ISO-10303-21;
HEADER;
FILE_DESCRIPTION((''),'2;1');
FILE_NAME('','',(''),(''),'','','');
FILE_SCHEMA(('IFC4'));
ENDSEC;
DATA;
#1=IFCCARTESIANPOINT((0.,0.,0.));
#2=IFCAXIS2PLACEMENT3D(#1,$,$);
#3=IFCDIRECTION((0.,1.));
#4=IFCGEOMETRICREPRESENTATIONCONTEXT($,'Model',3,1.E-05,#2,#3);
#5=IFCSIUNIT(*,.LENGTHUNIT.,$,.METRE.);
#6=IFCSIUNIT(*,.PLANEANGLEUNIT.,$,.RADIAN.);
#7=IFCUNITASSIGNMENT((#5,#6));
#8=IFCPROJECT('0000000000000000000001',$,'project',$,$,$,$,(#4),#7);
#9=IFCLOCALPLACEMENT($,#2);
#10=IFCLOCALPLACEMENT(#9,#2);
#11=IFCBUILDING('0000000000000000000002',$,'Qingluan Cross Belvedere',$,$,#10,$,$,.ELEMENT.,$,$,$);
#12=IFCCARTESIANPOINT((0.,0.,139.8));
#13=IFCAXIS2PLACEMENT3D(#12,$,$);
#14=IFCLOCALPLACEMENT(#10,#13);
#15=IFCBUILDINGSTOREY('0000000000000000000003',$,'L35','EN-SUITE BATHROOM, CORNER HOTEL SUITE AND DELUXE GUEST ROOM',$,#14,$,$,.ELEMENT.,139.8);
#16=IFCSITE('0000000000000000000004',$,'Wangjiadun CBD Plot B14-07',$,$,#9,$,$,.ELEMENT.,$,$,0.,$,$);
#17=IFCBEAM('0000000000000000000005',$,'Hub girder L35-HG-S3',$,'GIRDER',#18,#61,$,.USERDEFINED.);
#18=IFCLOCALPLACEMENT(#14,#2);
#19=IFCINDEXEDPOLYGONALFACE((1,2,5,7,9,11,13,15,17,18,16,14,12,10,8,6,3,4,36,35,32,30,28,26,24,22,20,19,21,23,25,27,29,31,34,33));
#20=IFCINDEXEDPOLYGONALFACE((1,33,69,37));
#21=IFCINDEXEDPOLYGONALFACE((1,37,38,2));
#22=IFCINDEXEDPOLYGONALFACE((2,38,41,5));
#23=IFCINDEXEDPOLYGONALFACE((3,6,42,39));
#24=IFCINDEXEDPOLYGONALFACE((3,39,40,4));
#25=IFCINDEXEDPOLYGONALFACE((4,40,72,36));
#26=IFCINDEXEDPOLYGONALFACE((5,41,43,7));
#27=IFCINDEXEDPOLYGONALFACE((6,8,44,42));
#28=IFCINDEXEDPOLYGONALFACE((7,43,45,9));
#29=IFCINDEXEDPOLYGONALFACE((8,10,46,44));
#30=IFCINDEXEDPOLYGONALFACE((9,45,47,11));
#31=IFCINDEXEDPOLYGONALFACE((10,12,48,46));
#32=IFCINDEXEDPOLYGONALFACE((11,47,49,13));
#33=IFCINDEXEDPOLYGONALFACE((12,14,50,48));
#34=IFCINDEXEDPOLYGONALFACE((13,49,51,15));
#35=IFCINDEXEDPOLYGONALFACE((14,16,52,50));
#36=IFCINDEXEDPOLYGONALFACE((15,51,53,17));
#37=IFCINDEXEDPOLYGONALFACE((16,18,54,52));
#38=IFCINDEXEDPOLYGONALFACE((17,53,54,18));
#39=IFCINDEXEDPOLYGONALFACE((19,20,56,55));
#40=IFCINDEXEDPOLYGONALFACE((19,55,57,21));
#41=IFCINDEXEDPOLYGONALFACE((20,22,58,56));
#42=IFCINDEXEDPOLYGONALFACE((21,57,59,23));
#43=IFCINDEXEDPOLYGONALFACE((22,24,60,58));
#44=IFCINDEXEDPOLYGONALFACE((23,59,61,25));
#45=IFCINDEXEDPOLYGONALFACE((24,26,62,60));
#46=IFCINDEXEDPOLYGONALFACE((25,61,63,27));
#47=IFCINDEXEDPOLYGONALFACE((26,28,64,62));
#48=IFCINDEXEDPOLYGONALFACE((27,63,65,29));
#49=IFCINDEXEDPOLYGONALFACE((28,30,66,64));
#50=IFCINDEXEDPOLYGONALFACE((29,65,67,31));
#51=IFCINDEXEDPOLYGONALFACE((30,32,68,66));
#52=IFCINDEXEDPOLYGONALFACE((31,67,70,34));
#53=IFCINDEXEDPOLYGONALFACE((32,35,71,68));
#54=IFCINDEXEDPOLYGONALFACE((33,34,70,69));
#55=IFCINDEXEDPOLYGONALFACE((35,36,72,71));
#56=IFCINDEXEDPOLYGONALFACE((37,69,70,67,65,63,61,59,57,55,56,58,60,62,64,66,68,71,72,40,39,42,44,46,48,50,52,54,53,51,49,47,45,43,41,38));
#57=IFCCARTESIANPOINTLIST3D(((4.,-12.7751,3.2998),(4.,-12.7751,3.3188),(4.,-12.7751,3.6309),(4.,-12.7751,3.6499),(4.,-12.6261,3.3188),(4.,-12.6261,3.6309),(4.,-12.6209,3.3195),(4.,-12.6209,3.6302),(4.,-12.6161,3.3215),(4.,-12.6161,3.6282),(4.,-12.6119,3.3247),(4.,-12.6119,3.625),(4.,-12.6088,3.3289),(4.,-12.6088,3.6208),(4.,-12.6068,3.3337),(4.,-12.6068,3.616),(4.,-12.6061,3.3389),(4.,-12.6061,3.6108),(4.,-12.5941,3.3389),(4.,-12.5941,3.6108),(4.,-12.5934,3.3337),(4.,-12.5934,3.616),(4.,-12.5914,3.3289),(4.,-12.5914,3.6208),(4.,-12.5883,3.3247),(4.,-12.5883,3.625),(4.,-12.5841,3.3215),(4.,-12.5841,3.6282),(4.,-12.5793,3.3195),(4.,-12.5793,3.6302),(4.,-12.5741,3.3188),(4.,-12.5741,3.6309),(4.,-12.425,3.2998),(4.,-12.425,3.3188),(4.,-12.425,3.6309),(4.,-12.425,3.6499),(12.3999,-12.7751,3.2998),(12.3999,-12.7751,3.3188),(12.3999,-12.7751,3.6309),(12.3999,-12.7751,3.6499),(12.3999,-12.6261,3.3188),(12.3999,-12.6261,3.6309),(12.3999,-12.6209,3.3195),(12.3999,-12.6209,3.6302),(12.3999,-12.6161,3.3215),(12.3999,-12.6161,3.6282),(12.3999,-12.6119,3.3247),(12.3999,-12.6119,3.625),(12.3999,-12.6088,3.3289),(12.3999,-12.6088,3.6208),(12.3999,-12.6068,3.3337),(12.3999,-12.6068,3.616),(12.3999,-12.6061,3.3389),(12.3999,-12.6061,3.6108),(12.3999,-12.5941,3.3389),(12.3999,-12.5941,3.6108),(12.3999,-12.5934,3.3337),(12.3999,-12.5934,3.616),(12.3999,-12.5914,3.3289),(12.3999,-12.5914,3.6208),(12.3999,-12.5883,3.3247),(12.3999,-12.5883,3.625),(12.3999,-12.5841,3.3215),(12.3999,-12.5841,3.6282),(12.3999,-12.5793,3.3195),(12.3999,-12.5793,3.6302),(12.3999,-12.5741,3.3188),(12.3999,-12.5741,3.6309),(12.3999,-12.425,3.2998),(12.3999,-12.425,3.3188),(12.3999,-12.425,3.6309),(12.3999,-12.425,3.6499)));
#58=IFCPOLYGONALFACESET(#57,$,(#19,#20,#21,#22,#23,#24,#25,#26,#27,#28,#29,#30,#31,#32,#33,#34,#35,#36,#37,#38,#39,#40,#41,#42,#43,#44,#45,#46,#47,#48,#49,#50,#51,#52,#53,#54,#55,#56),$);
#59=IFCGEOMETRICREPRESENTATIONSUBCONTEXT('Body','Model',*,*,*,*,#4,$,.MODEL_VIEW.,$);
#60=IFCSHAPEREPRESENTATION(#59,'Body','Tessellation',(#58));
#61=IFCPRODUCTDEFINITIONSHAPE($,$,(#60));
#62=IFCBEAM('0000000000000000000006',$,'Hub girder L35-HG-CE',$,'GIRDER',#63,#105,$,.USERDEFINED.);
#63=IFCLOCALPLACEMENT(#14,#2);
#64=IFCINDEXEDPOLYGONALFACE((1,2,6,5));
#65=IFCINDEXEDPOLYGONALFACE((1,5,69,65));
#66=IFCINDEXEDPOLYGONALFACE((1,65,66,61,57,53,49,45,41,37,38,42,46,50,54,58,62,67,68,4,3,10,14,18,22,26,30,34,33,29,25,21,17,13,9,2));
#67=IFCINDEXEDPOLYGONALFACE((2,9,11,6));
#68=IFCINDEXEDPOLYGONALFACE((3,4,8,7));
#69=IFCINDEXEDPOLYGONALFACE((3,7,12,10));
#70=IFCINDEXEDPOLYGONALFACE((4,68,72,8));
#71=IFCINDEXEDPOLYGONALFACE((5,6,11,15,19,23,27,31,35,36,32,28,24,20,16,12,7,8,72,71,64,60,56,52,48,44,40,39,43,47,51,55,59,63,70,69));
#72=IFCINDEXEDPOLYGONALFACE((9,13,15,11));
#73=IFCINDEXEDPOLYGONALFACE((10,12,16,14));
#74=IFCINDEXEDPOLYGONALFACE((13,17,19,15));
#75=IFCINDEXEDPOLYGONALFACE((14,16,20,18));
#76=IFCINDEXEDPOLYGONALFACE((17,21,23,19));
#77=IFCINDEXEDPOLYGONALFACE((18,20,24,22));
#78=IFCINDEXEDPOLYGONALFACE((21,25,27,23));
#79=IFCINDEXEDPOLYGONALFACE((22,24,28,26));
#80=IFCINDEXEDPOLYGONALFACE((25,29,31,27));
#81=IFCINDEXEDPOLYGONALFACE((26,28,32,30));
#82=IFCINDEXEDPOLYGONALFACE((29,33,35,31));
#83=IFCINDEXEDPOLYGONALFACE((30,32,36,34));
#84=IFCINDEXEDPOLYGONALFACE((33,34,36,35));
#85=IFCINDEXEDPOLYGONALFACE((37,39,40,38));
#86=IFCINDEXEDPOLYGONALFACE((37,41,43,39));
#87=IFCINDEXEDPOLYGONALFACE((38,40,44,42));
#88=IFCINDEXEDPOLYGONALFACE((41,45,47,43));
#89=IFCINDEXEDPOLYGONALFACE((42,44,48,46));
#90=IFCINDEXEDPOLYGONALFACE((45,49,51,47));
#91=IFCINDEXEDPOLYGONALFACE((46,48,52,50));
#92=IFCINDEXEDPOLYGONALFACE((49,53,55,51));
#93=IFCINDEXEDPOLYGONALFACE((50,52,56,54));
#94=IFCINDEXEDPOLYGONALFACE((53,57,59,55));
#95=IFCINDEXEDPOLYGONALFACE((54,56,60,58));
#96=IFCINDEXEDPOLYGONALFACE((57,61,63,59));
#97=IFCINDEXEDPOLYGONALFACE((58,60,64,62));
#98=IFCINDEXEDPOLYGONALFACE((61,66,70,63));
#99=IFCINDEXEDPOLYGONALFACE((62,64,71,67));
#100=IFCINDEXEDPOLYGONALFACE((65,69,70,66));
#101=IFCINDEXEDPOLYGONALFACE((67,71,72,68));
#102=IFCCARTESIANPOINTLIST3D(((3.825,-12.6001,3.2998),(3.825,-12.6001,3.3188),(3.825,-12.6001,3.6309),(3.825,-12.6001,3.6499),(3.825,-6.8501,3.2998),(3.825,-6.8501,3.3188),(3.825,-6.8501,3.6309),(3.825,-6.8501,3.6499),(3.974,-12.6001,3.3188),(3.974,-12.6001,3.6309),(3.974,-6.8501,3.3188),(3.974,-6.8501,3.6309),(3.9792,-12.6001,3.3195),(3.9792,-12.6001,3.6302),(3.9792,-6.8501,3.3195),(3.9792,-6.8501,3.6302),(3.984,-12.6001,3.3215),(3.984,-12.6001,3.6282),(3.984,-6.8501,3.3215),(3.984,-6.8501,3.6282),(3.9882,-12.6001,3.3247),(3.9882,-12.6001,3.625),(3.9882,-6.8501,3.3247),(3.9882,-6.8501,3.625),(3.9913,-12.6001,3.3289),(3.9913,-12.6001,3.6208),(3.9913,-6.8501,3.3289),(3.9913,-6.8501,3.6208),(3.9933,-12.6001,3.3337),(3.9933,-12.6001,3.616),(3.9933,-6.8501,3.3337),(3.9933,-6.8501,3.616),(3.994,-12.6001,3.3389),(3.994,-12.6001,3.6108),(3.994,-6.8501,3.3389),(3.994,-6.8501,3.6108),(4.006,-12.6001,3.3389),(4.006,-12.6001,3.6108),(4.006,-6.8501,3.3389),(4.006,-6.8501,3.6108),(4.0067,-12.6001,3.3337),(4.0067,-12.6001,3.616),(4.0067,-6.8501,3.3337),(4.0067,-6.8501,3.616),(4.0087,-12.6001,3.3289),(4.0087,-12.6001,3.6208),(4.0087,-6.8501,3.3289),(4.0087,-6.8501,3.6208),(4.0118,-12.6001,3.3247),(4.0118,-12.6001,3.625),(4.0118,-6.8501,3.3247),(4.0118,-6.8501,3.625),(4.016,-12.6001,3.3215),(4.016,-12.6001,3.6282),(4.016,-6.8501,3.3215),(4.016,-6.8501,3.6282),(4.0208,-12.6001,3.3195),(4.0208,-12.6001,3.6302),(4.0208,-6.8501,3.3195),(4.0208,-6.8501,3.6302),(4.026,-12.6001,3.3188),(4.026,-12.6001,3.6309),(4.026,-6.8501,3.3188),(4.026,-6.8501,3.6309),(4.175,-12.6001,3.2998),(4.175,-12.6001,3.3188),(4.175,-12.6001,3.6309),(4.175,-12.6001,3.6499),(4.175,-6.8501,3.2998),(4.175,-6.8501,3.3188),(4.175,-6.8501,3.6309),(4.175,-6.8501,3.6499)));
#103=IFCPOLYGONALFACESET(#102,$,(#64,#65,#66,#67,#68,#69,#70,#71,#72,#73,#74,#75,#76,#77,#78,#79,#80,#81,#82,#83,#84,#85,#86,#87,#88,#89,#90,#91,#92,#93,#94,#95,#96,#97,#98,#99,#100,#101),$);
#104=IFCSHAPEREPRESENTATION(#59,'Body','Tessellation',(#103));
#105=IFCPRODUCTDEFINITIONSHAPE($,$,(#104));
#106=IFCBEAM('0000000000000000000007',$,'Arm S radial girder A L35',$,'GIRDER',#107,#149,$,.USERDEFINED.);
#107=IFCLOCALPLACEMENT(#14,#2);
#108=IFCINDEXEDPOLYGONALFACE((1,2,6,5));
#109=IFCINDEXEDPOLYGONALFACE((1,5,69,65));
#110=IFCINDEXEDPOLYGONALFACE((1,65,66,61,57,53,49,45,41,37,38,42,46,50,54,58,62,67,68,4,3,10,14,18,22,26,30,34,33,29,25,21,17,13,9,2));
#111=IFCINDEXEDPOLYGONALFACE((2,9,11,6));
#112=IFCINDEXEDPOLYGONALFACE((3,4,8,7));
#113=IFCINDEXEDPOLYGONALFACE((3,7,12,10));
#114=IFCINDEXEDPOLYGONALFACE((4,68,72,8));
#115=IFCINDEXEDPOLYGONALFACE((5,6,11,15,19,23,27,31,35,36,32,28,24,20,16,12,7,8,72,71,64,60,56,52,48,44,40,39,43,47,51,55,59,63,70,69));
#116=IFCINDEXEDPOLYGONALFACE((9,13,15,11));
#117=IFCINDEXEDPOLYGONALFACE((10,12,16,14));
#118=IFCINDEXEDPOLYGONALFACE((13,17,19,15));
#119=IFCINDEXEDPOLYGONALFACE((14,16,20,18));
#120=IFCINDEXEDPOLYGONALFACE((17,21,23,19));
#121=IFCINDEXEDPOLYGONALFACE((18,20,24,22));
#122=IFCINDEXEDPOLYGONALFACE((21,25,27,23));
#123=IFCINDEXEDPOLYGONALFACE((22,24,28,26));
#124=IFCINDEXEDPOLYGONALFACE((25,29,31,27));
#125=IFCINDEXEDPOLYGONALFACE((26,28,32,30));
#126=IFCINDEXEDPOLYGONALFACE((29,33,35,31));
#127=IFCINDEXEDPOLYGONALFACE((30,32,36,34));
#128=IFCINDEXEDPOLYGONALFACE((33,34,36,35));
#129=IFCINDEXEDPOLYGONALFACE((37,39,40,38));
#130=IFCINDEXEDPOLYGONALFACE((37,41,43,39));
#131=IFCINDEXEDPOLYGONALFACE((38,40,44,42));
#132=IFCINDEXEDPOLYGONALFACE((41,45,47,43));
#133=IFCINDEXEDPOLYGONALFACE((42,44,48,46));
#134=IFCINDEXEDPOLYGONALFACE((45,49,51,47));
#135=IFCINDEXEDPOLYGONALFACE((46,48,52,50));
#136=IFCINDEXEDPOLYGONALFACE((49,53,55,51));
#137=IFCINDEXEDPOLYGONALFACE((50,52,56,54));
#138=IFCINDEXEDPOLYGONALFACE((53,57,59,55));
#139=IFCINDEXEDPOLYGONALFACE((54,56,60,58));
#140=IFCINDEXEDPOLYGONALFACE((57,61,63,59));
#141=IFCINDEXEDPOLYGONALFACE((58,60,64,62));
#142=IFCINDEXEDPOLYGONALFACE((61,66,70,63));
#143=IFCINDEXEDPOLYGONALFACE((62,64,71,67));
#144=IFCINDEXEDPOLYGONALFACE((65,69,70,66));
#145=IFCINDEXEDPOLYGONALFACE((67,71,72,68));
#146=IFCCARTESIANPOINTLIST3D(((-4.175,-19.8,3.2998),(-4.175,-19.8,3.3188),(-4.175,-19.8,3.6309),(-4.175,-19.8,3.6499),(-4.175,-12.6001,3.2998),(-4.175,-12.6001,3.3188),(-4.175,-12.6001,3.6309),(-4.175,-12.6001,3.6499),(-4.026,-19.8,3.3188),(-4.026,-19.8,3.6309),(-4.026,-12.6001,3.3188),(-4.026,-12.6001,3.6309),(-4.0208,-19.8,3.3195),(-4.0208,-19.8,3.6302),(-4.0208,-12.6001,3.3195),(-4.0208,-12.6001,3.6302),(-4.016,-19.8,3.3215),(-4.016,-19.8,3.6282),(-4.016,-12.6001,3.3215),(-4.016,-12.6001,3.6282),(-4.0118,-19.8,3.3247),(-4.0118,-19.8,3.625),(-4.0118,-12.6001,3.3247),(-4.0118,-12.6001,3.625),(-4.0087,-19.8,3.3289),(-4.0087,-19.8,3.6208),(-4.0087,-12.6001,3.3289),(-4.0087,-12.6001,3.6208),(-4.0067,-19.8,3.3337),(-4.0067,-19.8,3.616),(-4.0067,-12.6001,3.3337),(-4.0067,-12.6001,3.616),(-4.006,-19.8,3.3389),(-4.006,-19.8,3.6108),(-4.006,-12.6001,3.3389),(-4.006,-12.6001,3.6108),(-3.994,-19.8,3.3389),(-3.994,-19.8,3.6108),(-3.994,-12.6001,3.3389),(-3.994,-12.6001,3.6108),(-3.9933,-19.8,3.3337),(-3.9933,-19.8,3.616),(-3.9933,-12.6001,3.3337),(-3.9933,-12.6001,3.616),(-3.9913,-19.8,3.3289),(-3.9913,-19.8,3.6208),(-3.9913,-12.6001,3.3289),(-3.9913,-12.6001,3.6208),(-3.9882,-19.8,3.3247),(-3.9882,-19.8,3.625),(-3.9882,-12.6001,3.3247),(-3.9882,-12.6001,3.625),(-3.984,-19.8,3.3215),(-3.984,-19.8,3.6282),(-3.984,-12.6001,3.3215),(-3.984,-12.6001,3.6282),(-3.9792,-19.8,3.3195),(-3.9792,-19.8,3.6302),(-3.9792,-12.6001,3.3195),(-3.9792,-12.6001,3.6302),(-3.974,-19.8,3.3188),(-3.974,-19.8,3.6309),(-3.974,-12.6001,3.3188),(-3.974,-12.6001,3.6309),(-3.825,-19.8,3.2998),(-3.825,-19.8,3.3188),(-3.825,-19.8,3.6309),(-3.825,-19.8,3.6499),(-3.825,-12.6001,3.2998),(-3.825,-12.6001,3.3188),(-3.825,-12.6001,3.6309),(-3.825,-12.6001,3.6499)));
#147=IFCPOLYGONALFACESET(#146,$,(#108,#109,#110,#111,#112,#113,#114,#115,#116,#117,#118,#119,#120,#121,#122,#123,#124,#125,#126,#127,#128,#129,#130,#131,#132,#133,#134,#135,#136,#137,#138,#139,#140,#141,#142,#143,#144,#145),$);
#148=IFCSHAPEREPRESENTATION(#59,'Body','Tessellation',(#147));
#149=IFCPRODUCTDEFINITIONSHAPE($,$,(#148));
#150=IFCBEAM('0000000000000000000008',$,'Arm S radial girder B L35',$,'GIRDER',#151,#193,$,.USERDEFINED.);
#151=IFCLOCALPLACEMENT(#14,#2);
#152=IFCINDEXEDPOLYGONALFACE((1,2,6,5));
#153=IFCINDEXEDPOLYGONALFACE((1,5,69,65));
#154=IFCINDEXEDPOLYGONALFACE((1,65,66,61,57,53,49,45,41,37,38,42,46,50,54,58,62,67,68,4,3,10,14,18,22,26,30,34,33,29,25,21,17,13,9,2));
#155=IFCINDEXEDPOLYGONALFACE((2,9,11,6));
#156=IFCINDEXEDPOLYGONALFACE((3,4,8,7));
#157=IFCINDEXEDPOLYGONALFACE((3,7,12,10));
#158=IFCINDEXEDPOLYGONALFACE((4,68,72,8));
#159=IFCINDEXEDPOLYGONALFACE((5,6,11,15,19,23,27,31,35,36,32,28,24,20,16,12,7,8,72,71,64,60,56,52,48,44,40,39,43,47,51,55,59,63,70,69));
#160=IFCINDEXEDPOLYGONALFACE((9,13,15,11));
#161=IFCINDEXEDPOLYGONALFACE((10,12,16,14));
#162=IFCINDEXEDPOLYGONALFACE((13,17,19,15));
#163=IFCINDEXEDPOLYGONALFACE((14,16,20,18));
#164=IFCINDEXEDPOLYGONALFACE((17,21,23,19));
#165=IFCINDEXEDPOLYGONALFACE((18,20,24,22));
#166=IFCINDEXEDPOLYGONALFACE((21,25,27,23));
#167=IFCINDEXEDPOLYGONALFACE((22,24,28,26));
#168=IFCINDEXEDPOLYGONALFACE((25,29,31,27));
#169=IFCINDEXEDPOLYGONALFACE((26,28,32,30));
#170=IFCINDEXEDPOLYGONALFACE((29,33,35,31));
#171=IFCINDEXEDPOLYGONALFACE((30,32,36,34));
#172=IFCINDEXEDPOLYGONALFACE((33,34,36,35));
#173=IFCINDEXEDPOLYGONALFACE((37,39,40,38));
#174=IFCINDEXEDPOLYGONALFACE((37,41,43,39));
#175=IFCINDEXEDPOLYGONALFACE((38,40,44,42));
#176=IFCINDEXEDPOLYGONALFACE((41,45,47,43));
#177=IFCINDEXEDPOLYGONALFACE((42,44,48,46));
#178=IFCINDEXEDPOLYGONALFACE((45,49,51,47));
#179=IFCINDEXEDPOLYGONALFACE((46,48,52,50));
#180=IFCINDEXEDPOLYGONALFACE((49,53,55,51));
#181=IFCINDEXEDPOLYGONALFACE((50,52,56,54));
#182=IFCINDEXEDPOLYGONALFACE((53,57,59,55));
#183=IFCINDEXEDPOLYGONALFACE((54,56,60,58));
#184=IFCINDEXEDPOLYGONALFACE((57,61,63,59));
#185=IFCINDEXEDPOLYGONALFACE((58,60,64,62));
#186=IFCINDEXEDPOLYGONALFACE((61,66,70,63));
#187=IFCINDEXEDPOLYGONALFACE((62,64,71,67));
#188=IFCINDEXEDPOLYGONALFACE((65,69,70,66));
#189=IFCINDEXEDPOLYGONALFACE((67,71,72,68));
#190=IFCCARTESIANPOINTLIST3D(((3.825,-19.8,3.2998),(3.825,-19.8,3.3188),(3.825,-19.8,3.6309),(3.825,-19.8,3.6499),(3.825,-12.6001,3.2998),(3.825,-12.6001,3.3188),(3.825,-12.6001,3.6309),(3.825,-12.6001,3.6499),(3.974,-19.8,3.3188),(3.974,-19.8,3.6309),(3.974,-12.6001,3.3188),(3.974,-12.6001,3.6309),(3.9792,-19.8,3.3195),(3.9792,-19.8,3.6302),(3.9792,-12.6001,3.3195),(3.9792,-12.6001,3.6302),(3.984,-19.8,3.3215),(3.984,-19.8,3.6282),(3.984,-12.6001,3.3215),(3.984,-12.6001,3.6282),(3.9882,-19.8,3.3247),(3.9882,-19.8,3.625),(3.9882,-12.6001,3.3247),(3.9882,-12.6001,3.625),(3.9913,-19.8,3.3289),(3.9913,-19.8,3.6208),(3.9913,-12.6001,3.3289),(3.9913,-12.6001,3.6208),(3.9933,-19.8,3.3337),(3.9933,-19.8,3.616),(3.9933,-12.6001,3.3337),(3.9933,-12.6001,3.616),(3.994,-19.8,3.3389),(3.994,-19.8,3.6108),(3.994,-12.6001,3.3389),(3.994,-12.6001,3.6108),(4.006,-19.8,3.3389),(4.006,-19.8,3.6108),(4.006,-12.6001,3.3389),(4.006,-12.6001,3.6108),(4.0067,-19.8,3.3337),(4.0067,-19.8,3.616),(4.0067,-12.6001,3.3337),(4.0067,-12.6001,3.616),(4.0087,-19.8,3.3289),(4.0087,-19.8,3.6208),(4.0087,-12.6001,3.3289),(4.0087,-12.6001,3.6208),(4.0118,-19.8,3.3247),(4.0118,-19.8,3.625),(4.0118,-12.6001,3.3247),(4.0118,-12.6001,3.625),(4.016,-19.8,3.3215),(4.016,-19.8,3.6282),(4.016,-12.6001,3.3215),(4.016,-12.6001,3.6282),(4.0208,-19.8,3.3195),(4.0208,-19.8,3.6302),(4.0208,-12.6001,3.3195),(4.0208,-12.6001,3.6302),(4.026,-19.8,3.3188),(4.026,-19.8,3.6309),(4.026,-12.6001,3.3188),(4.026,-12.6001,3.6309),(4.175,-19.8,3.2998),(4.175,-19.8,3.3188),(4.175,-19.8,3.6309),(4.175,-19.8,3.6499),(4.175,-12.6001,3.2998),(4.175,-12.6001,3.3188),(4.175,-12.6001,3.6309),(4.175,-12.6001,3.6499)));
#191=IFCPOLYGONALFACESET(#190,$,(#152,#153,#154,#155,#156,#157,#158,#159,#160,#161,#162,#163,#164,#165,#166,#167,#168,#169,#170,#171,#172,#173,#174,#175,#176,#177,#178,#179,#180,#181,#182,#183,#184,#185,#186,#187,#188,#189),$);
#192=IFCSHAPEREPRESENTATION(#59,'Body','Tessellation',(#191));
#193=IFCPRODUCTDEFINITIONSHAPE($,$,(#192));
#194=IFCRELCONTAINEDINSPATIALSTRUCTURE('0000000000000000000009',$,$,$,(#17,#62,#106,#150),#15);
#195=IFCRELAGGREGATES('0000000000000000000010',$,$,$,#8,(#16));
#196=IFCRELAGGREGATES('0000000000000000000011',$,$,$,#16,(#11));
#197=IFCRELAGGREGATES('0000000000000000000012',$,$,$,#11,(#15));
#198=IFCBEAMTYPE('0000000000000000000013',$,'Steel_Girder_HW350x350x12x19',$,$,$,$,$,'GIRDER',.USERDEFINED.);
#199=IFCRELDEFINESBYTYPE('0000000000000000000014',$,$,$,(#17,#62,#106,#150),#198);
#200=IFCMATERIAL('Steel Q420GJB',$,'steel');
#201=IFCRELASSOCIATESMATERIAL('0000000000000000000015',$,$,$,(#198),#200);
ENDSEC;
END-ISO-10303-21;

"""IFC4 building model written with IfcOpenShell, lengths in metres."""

from ifc_helpers import new_model, si_unit, direction, frame, origin, origin_2d, place, context, subcontext, project, spatial, i_section, extrude, material, material_profile, profile_set, type_object, element, save


model = new_model("IFC4")

# Units and contexts
model_context = context("Model", 3, precision=1e-05, world=origin(), true_north=direction((0.0, 1.0)))
body_context = subcontext(model_context, "Body", "Model", "MODEL_VIEW")
ifc_project = project(units=[si_unit("LENGTHUNIT", "METRE"), si_unit("PLANEANGLEUNIT", "RADIAN")], contexts=[model_context])

# Site, building, storey
site_placement = place(None, origin())
site = spatial("IfcSite", under=ifc_project, at=site_placement, Name="Wangjiadun CBD Plot B14-07", CompositionType="ELEMENT", RefElevation=0.0)
building_placement = place(site_placement, origin())
building = spatial("IfcBuilding", under=site, at=building_placement, Name="Qingluan Cross Belvedere", CompositionType="ELEMENT")
storey_placement = place(building_placement, frame((0.0, 0.0, 139.8)))
storey = spatial("IfcBuildingStorey", under=building, at=storey_placement, Name="L35", Description="EN-SUITE BATHROOM, CORNER HOTEL SUITE AND DELUXE GUEST ROOM", CompositionType="ELEMENT", Elevation=139.8)

# Beams
ifc_material_1 = material(Name="Steel Q420GJB", Category="steel")
ifc_material_profile_1 = material_profile(ifc_material_1, i_section(OverallWidth=0.3501, OverallDepth=0.3501, WebThickness=0.012, FlangeThickness=0.019, FilletRadius=0.02, at=origin_2d()), Name="HW350x350x12x19")
ifc_profile_set_1 = profile_set([ifc_material_profile_1], Name="Steel Q420GJB")
beam_type_1 = type_object("IfcBeamType", Name="Steel_Girder_HW350x350x12x19", ElementType="GIRDER", PredefinedType="USERDEFINED", material=ifc_profile_set_1)
beam_1_placement = place(storey_placement, frame((4.0, -12.6001, 3.4749), z_axis=(1.0, 0.0, 0.0), x_axis=(0.0, 1.0, 0.0)))
element("IfcBeam", 1, at=beam_1_placement, inside=storey, type_object=beam_type_1, Name="Hub girder L35-HG-S3", ObjectType="GIRDER", PredefinedType="USERDEFINED", context=body_context, shape_type="SweptSolid", body=[
    extrude(i_section(OverallWidth=0.3501, OverallDepth=0.3501, WebThickness=0.012, FlangeThickness=0.019, FilletRadius=0.02, at=origin_2d()), origin(), (0.0, 0.0, 1.0), 8.3999),
])
beam_2_placement = place(storey_placement, frame((4.0, -12.6001, 3.4749), z_axis=(0.0, 1.0, 0.0), x_axis=(-1.0, 0.0, 0.0)))
element("IfcBeam", 2, at=beam_2_placement, inside=storey, type_object=beam_type_1, Name="Hub girder L35-HG-CE", ObjectType="GIRDER", PredefinedType="USERDEFINED", context=body_context, shape_type="SweptSolid", body=[
    extrude(i_section(OverallWidth=0.3501, OverallDepth=0.3501, WebThickness=0.012, FlangeThickness=0.019, FilletRadius=0.02, at=origin_2d()), origin(), (0.0, 0.0, 1.0), 5.75),
])
for number, where, z_axis, x_axis, name in (
    (3, (-4.0, -12.6001, 3.4749), (0.0, -1.0, 0.0), (1.0, 0.0, 0.0), "Arm S radial girder A L35"),
    (4, (4.0, -12.6001, 3.4749), (0.0, -1.0, 0.0), (1.0, 0.0, 0.0), "Arm S radial girder B L35"),
):
    element("IfcBeam", number, at=place(storey_placement, frame(where, z_axis=z_axis, x_axis=x_axis)), inside=storey, type_object=beam_type_1, Name=name, ObjectType="GIRDER", PredefinedType="USERDEFINED", context=body_context, shape_type="SweptSolid", body=[
        extrude(i_section(OverallWidth=0.3501, OverallDepth=0.3501, WebThickness=0.012, FlangeThickness=0.019, FilletRadius=0.02, at=origin_2d()), origin(), (0.0, 0.0, 1.0), 7.2),
    ])

save(model, "model.ifc")
